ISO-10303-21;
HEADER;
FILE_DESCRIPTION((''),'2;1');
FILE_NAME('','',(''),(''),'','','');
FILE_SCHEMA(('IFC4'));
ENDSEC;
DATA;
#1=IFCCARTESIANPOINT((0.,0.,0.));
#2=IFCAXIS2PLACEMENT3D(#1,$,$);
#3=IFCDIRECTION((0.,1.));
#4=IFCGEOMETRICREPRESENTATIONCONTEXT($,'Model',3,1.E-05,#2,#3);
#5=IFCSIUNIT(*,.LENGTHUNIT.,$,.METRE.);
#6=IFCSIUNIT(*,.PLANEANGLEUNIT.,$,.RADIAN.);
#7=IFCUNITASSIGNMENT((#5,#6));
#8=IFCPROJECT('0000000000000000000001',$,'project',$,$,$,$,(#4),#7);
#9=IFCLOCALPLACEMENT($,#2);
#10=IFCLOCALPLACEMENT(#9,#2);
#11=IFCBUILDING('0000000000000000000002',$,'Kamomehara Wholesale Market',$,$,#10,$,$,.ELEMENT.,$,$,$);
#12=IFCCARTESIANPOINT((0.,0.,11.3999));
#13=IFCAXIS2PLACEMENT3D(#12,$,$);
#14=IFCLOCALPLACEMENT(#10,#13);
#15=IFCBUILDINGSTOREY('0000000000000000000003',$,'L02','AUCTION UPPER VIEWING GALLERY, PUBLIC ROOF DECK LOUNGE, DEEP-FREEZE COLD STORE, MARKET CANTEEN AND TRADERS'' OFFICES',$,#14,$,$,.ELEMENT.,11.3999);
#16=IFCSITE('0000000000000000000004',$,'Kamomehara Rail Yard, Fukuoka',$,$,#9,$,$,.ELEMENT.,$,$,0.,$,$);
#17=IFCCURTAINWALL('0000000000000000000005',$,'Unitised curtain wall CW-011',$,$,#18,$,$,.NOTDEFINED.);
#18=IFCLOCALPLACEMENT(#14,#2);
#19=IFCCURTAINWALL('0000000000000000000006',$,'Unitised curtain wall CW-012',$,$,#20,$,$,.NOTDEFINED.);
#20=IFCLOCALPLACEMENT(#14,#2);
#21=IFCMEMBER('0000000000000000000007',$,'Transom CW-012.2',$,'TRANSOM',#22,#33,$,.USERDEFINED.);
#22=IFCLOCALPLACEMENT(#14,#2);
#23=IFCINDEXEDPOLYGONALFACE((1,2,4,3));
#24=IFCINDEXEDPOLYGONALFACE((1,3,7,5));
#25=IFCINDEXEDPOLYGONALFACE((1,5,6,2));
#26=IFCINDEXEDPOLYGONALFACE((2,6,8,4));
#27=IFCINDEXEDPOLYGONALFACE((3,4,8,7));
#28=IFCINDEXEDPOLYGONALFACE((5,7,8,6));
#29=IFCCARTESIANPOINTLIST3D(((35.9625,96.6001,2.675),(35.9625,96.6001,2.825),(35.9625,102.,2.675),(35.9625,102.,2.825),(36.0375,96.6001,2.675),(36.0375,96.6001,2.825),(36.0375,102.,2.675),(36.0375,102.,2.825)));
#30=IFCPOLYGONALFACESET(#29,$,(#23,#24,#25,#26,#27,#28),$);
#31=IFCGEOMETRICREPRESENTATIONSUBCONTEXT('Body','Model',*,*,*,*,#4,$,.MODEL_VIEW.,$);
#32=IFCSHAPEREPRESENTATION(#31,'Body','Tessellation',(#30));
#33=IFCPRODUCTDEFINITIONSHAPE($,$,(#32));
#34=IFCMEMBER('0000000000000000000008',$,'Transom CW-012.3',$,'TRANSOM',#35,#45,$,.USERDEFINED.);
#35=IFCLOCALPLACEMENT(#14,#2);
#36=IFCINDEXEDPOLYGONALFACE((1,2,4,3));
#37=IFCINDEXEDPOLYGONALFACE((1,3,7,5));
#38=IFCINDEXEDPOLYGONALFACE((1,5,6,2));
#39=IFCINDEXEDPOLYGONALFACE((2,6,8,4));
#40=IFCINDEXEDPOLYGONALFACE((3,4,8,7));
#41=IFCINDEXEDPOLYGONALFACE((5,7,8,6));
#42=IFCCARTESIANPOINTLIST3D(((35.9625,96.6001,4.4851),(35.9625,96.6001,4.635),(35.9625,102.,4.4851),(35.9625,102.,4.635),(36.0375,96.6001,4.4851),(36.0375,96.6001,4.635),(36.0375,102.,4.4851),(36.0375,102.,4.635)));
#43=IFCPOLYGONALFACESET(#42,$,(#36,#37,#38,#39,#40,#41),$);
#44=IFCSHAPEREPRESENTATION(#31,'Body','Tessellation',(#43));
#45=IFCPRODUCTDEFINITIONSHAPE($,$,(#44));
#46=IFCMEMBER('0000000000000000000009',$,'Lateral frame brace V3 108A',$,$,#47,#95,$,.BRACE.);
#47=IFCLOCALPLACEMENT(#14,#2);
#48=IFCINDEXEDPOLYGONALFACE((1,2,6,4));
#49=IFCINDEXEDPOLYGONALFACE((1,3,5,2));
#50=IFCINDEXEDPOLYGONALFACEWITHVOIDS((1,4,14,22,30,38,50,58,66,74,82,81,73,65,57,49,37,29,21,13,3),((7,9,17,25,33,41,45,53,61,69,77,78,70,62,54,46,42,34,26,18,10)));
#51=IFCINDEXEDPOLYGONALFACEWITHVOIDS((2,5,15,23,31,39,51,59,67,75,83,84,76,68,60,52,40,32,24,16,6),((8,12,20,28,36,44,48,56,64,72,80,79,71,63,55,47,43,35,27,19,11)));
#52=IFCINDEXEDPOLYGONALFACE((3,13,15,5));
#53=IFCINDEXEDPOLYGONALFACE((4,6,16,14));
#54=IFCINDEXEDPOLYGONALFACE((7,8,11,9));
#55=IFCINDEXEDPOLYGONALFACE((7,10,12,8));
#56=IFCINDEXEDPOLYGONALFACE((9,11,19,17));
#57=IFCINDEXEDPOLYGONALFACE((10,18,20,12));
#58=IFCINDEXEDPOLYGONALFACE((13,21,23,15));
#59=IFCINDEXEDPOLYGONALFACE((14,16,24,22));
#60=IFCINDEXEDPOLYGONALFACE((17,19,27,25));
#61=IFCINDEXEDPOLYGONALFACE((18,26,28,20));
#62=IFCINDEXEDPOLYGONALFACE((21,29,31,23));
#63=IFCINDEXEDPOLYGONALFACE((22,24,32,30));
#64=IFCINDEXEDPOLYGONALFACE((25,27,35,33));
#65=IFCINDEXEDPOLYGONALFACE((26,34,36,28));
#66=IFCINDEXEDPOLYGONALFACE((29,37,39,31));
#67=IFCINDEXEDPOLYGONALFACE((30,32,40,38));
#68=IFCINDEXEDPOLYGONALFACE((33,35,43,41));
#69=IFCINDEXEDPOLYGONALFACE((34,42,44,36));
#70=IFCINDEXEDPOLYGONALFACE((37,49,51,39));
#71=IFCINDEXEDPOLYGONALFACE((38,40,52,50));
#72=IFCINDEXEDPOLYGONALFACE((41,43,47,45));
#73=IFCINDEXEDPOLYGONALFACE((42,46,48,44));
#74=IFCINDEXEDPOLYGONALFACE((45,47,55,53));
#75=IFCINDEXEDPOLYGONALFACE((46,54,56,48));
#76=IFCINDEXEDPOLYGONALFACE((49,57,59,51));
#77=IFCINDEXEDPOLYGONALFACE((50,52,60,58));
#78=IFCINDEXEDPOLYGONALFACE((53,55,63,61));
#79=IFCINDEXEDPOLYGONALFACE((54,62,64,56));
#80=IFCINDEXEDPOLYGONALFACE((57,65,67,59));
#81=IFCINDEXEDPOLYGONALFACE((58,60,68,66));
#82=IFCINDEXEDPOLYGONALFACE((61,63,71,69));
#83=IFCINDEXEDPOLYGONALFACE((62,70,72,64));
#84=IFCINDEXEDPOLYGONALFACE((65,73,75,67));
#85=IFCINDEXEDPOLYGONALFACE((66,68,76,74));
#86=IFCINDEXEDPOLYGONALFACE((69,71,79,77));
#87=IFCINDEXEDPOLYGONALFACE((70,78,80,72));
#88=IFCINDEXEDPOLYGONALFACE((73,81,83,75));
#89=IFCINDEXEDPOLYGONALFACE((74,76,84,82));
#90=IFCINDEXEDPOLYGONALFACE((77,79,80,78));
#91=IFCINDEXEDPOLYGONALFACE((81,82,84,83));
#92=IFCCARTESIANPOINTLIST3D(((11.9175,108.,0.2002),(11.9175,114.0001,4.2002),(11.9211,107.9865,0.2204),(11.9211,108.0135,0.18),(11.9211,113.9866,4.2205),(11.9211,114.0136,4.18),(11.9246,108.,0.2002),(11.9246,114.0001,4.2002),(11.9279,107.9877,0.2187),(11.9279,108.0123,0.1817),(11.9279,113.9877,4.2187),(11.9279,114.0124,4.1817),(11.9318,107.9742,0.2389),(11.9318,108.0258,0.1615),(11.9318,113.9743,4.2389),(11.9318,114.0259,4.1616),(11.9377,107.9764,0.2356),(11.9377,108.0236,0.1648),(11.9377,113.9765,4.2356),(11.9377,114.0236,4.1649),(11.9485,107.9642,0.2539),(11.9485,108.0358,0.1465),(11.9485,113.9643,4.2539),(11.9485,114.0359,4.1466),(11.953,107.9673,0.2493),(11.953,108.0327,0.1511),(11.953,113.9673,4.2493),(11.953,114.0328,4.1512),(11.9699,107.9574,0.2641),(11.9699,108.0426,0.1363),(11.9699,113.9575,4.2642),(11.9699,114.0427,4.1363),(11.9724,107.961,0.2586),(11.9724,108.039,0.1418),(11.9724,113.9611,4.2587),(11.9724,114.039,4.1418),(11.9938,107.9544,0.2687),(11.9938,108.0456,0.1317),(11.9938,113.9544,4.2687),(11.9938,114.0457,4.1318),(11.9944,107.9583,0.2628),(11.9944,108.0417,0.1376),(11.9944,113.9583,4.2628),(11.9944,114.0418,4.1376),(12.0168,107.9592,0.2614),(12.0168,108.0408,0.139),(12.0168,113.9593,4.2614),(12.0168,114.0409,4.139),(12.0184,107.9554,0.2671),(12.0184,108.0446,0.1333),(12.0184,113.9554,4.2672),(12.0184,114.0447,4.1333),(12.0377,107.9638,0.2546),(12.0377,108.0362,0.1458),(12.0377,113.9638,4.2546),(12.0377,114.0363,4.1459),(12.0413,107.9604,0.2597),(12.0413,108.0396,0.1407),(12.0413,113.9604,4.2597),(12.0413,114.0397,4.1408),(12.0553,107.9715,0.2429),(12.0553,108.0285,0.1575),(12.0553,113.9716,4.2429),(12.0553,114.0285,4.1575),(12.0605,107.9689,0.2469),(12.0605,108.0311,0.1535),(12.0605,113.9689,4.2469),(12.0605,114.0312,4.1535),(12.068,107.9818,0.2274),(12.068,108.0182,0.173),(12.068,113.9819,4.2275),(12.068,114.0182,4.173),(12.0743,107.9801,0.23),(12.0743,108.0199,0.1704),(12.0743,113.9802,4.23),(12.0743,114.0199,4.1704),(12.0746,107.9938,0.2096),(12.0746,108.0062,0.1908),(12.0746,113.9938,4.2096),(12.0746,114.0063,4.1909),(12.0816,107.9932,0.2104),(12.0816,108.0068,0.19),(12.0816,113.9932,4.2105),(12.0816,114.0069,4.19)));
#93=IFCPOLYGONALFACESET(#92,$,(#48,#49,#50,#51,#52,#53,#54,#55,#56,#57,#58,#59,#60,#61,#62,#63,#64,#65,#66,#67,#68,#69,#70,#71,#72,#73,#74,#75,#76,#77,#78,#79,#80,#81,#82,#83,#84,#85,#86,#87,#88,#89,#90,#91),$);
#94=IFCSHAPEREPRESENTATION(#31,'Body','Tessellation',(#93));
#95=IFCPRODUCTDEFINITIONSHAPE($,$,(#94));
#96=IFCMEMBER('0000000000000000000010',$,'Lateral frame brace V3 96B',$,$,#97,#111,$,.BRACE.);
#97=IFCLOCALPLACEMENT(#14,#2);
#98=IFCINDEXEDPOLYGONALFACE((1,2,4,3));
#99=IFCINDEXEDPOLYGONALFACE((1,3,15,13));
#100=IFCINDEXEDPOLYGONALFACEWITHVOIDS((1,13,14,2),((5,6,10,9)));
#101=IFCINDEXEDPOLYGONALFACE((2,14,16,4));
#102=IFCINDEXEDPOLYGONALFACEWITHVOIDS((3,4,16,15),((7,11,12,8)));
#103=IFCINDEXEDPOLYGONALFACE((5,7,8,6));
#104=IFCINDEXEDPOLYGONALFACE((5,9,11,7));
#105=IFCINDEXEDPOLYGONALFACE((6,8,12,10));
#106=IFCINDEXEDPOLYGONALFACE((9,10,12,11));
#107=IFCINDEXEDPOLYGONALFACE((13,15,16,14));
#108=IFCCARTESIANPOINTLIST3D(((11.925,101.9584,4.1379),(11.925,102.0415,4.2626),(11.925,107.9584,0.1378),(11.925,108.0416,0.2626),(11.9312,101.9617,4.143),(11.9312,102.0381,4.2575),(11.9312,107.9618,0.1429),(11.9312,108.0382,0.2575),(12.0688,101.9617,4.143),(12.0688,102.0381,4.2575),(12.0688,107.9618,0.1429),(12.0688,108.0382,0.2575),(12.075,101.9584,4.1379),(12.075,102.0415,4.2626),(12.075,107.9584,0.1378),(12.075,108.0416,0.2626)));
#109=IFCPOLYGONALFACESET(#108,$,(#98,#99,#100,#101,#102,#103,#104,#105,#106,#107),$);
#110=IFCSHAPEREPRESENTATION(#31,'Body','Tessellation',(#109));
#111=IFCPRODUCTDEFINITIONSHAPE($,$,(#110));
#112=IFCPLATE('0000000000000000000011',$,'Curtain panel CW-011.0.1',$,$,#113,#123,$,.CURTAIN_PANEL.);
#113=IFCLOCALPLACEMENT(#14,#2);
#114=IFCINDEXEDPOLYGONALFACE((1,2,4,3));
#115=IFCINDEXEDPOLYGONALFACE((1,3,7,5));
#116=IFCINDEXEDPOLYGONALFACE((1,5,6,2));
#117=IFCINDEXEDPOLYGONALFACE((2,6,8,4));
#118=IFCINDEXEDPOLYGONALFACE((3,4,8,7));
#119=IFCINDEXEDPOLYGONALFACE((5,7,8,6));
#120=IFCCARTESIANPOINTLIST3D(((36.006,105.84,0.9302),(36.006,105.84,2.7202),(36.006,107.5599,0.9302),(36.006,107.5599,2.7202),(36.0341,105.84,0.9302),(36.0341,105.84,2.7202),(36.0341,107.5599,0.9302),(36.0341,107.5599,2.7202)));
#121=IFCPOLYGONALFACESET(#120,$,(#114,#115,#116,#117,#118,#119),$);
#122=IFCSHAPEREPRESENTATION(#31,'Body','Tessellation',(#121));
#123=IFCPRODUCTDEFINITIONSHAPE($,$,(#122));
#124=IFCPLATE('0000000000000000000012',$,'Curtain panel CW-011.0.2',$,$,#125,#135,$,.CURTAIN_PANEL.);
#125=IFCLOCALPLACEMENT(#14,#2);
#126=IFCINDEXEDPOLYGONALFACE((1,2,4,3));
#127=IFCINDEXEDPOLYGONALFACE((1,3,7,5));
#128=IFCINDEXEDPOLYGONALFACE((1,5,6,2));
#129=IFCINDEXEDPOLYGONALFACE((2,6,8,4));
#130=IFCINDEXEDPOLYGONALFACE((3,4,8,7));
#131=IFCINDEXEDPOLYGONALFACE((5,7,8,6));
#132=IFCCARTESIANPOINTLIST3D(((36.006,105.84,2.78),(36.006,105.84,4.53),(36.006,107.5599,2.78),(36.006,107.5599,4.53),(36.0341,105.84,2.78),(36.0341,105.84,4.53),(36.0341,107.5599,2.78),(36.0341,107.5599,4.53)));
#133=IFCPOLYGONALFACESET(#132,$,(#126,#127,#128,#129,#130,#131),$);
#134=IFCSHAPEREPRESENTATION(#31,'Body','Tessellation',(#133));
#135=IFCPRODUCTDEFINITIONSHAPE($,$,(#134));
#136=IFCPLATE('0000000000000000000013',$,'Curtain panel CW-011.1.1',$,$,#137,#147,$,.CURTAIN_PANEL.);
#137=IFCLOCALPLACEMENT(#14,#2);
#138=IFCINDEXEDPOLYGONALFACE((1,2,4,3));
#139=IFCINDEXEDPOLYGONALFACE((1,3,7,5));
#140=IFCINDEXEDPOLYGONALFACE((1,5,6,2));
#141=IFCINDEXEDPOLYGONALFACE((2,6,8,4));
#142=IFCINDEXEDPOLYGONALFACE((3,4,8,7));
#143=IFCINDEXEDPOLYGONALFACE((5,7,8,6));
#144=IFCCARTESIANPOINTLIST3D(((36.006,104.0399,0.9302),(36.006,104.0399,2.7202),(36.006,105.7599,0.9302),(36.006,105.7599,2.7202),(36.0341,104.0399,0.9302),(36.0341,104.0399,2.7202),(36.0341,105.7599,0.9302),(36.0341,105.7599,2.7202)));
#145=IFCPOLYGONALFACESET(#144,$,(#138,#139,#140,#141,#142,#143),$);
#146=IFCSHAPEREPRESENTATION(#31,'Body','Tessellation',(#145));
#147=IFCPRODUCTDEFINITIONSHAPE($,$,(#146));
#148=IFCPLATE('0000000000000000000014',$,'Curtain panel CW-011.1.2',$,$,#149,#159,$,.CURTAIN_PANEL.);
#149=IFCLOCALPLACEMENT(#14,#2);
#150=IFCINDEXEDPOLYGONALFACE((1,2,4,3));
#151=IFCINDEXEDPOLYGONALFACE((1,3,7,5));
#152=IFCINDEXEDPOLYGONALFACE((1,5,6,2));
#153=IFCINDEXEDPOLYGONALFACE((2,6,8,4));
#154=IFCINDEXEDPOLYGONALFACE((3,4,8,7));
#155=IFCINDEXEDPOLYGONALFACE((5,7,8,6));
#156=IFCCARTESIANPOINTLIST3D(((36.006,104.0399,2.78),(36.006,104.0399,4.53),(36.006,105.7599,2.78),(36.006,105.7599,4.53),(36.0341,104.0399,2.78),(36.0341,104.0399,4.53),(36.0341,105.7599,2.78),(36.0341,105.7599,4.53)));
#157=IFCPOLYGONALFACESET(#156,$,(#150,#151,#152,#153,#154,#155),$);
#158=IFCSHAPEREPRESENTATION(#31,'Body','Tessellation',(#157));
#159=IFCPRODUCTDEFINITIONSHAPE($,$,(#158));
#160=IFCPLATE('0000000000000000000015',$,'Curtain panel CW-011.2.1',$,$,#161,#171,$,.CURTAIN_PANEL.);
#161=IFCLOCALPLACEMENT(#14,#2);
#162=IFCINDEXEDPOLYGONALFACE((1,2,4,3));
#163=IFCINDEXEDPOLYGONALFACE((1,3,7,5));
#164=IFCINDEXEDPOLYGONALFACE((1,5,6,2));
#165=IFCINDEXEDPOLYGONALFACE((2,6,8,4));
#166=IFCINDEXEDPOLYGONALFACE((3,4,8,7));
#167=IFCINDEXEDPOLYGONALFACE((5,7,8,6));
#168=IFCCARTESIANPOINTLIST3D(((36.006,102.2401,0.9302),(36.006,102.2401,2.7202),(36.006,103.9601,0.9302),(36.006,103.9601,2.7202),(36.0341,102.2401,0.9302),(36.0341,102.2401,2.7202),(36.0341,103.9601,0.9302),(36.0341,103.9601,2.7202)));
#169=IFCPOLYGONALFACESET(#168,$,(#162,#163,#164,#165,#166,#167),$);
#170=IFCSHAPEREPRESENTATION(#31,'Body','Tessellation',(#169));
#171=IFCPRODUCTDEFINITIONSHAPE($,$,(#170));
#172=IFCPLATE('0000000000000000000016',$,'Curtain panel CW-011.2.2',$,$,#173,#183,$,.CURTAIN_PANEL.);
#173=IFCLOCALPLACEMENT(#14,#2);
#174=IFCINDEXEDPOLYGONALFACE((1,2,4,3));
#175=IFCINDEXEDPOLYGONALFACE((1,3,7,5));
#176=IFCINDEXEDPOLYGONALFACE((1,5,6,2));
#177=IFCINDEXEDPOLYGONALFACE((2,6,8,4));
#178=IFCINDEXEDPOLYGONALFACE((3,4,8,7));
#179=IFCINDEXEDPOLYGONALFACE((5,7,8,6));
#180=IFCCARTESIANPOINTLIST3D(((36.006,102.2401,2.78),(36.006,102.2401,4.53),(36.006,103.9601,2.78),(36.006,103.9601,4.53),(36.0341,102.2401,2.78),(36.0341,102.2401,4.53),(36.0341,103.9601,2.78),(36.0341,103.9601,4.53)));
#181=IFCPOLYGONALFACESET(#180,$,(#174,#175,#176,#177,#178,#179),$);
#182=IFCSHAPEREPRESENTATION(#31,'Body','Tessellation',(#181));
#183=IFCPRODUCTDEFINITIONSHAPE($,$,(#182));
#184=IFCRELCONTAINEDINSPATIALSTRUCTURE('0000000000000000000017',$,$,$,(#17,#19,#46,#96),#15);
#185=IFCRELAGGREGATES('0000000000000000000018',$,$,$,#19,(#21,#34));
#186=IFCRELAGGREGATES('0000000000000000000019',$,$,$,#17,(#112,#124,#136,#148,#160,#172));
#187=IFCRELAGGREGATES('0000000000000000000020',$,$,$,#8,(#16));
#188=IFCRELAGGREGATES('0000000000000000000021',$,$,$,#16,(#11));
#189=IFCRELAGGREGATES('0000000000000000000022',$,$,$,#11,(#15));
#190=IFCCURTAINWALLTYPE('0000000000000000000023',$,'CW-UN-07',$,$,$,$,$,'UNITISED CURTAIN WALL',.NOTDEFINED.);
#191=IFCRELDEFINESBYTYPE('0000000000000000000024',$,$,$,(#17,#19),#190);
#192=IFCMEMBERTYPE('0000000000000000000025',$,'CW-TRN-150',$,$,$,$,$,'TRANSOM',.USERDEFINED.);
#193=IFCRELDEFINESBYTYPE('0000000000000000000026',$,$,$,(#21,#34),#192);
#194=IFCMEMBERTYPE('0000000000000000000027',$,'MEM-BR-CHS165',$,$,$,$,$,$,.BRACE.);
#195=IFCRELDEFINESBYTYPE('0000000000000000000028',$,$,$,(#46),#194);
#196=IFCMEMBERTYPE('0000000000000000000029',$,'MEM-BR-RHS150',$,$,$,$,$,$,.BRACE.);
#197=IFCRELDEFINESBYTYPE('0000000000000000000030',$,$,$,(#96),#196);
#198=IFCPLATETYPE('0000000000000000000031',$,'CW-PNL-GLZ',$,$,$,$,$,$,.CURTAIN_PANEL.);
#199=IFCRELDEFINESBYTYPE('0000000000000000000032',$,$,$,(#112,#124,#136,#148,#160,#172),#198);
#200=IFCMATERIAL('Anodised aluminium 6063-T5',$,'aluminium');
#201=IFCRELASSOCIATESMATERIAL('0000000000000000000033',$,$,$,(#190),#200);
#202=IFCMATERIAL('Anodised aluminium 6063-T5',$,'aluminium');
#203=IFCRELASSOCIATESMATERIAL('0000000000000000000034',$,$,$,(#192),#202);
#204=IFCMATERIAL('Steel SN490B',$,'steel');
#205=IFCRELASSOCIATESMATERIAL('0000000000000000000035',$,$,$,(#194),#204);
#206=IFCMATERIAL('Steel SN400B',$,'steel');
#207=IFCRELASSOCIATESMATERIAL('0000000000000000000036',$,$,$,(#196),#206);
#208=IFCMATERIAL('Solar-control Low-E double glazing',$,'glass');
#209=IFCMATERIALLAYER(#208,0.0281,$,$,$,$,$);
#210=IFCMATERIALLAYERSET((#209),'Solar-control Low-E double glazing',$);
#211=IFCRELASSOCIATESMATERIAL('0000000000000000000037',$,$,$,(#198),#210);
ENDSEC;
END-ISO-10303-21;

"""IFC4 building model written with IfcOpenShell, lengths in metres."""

from ifc_helpers import new_model, si_unit, direction, frame, origin, origin_2d, place, context, subcontext, project, spatial, rectangle, hollow_rectangle, hollow_circle, extrude, material, layer, layer_set, material_profile, profile_set, type_object, element, aggregate, save


model = new_model("IFC4")

# Units and contexts
model_context = context("Model", 3, precision=1e-05, world=origin(), true_north=direction((0.0, 1.0)))
body_context = subcontext(model_context, "Body", "Model", "MODEL_VIEW")
ifc_project = project(units=[si_unit("LENGTHUNIT", "METRE"), si_unit("PLANEANGLEUNIT", "RADIAN")], contexts=[model_context])

# Site, building, storey
site_placement = place(None, origin())
site = spatial("IfcSite", under=ifc_project, at=site_placement, Name="Kamomehara Rail Yard, Fukuoka", CompositionType="ELEMENT", RefElevation=0.0)
building_placement = place(site_placement, origin())
building = spatial("IfcBuilding", under=site, at=building_placement, Name="Kamomehara Wholesale Market", CompositionType="ELEMENT")
storey_placement = place(building_placement, frame((0.0, 0.0, 11.3999)))
storey = spatial("IfcBuildingStorey", under=building, at=storey_placement, Name="L02", Description="AUCTION UPPER VIEWING GALLERY, PUBLIC ROOF DECK LOUNGE, DEEP-FREEZE COLD STORE, MARKET CANTEEN AND TRADERS' OFFICES", CompositionType="ELEMENT", Elevation=11.3999)

# Curtain walls, members
ifc_material_1 = material(Name="Anodised aluminium 6063-T5", Category="aluminium")
curtain_wall_type = type_object("IfcCurtainWallType", Name="CW-UN-07", ElementType="UNITISED CURTAIN WALL", PredefinedType="NOTDEFINED", material=ifc_material_1)
curtain_wall_1_placement = place(storey_placement, origin())
curtain_wall_1 = element("IfcCurtainWall", 1, at=curtain_wall_1_placement, inside=storey, type_object=curtain_wall_type, Name="Unitised curtain wall CW-011", PredefinedType="NOTDEFINED")
ifc_material_2 = material(Name="Anodised aluminium 6063-T5", Category="aluminium")
ifc_material_profile_1 = material_profile(ifc_material_2, rectangle(XDim=0.075, YDim=0.1499, at=origin_2d()), Name="ALU-TRN-75x150")
ifc_profile_set_1 = profile_set([ifc_material_profile_1], Name="Anodised aluminium 6063-T5")
member_type_1 = type_object("IfcMemberType", Name="CW-TRN-150", ElementType="TRANSOM", PredefinedType="USERDEFINED", material=ifc_profile_set_1)
curtain_wall_2_placement = place(storey_placement, origin())
curtain_wall_2 = element("IfcCurtainWall", 2, at=curtain_wall_2_placement, inside=storey, type_object=curtain_wall_type, Name="Unitised curtain wall CW-012", PredefinedType="NOTDEFINED")
member_1_placement = place(storey_placement, frame((36.0, 102.0, 2.75), z_axis=(0.0, -1.0, 0.0), x_axis=(1.0, 0.0, 0.0)))
member_1 = element("IfcMember", 3, at=member_1_placement, type_object=member_type_1, Name="Transom CW-012.2", ObjectType="TRANSOM", PredefinedType="USERDEFINED", context=body_context, shape_type="SweptSolid", body=[
    extrude(rectangle(XDim=0.075, YDim=0.1499, at=origin_2d()), origin(), (0.0, 0.0, 1.0), 5.3999),
])
member_2_placement = place(storey_placement, frame((36.0, 102.0, 4.5601), z_axis=(0.0, -1.0, 0.0), x_axis=(1.0, 0.0, 0.0)))
member_2 = element("IfcMember", 4, at=member_2_placement, type_object=member_type_1, Name="Transom CW-012.3", ObjectType="TRANSOM", PredefinedType="USERDEFINED", context=body_context, shape_type="SweptSolid", body=[
    extrude(rectangle(XDim=0.075, YDim=0.1499, at=origin_2d()), origin(), (0.0, 0.0, 1.0), 5.3999),
])
aggregate(curtain_wall_2, [member_1, member_2])

# Members
ifc_material_3 = material(Name="Steel SN490B", Category="steel")
ifc_material_profile_2 = material_profile(ifc_material_3, hollow_circle(Radius=0.0825, WallThickness=0.0071, at=origin_2d()), Name="CHS-165.2x7.1")
ifc_profile_set_2 = profile_set([ifc_material_profile_2], Name="Steel SN490B")
member_type_2 = type_object("IfcMemberType", Name="MEM-BR-CHS165", PredefinedType="BRACE", material=ifc_profile_set_2)
member_3_placement = place(storey_placement, frame((12.0, 108.0, 0.2002), z_axis=(0.0, 0.83205, 0.5547), x_axis=(-1.0, 0.0, 0.0)))
element("IfcMember", 5, at=member_3_placement, inside=storey, type_object=member_type_2, Name="Lateral frame brace V3 108A", PredefinedType="BRACE", context=body_context, shape_type="SweptSolid", body=[
    extrude(hollow_circle(Radius=0.0825, WallThickness=0.0071, at=origin_2d()), origin(), (0.0, 0.0, 1.0), 7.2112),
])
ifc_material_4 = material(Name="Steel SN400B", Category="steel")
ifc_material_profile_3 = material_profile(ifc_material_4, hollow_rectangle(XDim=0.1499, YDim=0.1499, WallThickness=0.0061, at=origin_2d()), Name="RHS-150x150x6")
ifc_profile_set_3 = profile_set([ifc_material_profile_3], Name="Steel SN400B")
member_type_3 = type_object("IfcMemberType", Name="MEM-BR-RHS150", PredefinedType="BRACE", material=ifc_profile_set_3)
member_4_placement = place(storey_placement, frame((12.0, 108.0, 0.2002), z_axis=(0.0, -0.83205, 0.5547), x_axis=(1.0, 0.0, 0.0)))
element("IfcMember", 6, at=member_4_placement, inside=storey, type_object=member_type_3, Name="Lateral frame brace V3 96B", PredefinedType="BRACE", context=body_context, shape_type="SweptSolid", body=[
    extrude(hollow_rectangle(XDim=0.1499, YDim=0.1499, WallThickness=0.0061, at=origin_2d()), origin(), (0.0, 0.0, 1.0), 7.2112),
])

# Plates
ifc_material_5 = material(Name="Solar-control Low-E double glazing", Category="glass")
ifc_layer_1 = layer(ifc_material_5, 0.0281)
ifc_layer_set_1 = layer_set([ifc_layer_1], Name="Solar-control Low-E double glazing")
plate_type_1 = type_object("IfcPlateType", Name="CW-PNL-GLZ", PredefinedType="CURTAIN_PANEL", material=ifc_layer_set_1)
plate_1_placement = place(storey_placement, frame((36.02, 106.7, 0.9302), z_axis=(0.0, 0.0, 1.0), x_axis=(0.0, -1.0, 0.0)))
plate_1 = element("IfcPlate", 7, at=plate_1_placement, type_object=plate_type_1, Name="Curtain panel CW-011.0.1", PredefinedType="CURTAIN_PANEL", context=body_context, shape_type="SweptSolid", body=[
    extrude(rectangle(XDim=1.72, YDim=0.0281, at=origin_2d()), origin(), (0.0, 0.0, 1.0), 1.79),
])
plate_2_placement = place(storey_placement, frame((36.02, 106.7, 2.78), z_axis=(0.0, 0.0, 1.0), x_axis=(0.0, -1.0, 0.0)))
plate_2 = element("IfcPlate", 8, at=plate_2_placement, type_object=plate_type_1, Name="Curtain panel CW-011.0.2", PredefinedType="CURTAIN_PANEL", context=body_context, shape_type="SweptSolid", body=[
    extrude(rectangle(XDim=1.72, YDim=0.0281, at=origin_2d()), origin(), (0.0, 0.0, 1.0), 1.75),
])
plate_3_placement = place(storey_placement, frame((36.02, 104.8999, 0.9302), z_axis=(0.0, 0.0, 1.0), x_axis=(0.0, -1.0, 0.0)))
plate_3 = element("IfcPlate", 9, at=plate_3_placement, type_object=plate_type_1, Name="Curtain panel CW-011.1.1", PredefinedType="CURTAIN_PANEL", context=body_context, shape_type="SweptSolid", body=[
    extrude(rectangle(XDim=1.72, YDim=0.0281, at=origin_2d()), origin(), (0.0, 0.0, 1.0), 1.79),
])
plate_4_placement = place(storey_placement, frame((36.02, 104.8999, 2.78), z_axis=(0.0, 0.0, 1.0), x_axis=(0.0, -1.0, 0.0)))
plate_4 = element("IfcPlate", 10, at=plate_4_placement, type_object=plate_type_1, Name="Curtain panel CW-011.1.2", PredefinedType="CURTAIN_PANEL", context=body_context, shape_type="SweptSolid", body=[
    extrude(rectangle(XDim=1.72, YDim=0.0281, at=origin_2d()), origin(), (0.0, 0.0, 1.0), 1.75),
])
plate_5_placement = place(storey_placement, frame((36.02, 103.1001, 0.9302), z_axis=(0.0, 0.0, 1.0), x_axis=(0.0, -1.0, 0.0)))
plate_5 = element("IfcPlate", 11, at=plate_5_placement, type_object=plate_type_1, Name="Curtain panel CW-011.2.1", PredefinedType="CURTAIN_PANEL", context=body_context, shape_type="SweptSolid", body=[
    extrude(rectangle(XDim=1.72, YDim=0.0281, at=origin_2d()), origin(), (0.0, 0.0, 1.0), 1.79),
])
plate_6_placement = place(storey_placement, frame((36.02, 103.1001, 2.78), z_axis=(0.0, 0.0, 1.0), x_axis=(0.0, -1.0, 0.0)))
plate_6 = element("IfcPlate", 12, at=plate_6_placement, type_object=plate_type_1, Name="Curtain panel CW-011.2.2", PredefinedType="CURTAIN_PANEL", context=body_context, shape_type="SweptSolid", body=[
    extrude(rectangle(XDim=1.72, YDim=0.0281, at=origin_2d()), origin(), (0.0, 0.0, 1.0), 1.75),
])
aggregate(curtain_wall_1, [plate_1, plate_2, plate_3, plate_4, plate_5, plate_6])

save(model, "model.ifc")
